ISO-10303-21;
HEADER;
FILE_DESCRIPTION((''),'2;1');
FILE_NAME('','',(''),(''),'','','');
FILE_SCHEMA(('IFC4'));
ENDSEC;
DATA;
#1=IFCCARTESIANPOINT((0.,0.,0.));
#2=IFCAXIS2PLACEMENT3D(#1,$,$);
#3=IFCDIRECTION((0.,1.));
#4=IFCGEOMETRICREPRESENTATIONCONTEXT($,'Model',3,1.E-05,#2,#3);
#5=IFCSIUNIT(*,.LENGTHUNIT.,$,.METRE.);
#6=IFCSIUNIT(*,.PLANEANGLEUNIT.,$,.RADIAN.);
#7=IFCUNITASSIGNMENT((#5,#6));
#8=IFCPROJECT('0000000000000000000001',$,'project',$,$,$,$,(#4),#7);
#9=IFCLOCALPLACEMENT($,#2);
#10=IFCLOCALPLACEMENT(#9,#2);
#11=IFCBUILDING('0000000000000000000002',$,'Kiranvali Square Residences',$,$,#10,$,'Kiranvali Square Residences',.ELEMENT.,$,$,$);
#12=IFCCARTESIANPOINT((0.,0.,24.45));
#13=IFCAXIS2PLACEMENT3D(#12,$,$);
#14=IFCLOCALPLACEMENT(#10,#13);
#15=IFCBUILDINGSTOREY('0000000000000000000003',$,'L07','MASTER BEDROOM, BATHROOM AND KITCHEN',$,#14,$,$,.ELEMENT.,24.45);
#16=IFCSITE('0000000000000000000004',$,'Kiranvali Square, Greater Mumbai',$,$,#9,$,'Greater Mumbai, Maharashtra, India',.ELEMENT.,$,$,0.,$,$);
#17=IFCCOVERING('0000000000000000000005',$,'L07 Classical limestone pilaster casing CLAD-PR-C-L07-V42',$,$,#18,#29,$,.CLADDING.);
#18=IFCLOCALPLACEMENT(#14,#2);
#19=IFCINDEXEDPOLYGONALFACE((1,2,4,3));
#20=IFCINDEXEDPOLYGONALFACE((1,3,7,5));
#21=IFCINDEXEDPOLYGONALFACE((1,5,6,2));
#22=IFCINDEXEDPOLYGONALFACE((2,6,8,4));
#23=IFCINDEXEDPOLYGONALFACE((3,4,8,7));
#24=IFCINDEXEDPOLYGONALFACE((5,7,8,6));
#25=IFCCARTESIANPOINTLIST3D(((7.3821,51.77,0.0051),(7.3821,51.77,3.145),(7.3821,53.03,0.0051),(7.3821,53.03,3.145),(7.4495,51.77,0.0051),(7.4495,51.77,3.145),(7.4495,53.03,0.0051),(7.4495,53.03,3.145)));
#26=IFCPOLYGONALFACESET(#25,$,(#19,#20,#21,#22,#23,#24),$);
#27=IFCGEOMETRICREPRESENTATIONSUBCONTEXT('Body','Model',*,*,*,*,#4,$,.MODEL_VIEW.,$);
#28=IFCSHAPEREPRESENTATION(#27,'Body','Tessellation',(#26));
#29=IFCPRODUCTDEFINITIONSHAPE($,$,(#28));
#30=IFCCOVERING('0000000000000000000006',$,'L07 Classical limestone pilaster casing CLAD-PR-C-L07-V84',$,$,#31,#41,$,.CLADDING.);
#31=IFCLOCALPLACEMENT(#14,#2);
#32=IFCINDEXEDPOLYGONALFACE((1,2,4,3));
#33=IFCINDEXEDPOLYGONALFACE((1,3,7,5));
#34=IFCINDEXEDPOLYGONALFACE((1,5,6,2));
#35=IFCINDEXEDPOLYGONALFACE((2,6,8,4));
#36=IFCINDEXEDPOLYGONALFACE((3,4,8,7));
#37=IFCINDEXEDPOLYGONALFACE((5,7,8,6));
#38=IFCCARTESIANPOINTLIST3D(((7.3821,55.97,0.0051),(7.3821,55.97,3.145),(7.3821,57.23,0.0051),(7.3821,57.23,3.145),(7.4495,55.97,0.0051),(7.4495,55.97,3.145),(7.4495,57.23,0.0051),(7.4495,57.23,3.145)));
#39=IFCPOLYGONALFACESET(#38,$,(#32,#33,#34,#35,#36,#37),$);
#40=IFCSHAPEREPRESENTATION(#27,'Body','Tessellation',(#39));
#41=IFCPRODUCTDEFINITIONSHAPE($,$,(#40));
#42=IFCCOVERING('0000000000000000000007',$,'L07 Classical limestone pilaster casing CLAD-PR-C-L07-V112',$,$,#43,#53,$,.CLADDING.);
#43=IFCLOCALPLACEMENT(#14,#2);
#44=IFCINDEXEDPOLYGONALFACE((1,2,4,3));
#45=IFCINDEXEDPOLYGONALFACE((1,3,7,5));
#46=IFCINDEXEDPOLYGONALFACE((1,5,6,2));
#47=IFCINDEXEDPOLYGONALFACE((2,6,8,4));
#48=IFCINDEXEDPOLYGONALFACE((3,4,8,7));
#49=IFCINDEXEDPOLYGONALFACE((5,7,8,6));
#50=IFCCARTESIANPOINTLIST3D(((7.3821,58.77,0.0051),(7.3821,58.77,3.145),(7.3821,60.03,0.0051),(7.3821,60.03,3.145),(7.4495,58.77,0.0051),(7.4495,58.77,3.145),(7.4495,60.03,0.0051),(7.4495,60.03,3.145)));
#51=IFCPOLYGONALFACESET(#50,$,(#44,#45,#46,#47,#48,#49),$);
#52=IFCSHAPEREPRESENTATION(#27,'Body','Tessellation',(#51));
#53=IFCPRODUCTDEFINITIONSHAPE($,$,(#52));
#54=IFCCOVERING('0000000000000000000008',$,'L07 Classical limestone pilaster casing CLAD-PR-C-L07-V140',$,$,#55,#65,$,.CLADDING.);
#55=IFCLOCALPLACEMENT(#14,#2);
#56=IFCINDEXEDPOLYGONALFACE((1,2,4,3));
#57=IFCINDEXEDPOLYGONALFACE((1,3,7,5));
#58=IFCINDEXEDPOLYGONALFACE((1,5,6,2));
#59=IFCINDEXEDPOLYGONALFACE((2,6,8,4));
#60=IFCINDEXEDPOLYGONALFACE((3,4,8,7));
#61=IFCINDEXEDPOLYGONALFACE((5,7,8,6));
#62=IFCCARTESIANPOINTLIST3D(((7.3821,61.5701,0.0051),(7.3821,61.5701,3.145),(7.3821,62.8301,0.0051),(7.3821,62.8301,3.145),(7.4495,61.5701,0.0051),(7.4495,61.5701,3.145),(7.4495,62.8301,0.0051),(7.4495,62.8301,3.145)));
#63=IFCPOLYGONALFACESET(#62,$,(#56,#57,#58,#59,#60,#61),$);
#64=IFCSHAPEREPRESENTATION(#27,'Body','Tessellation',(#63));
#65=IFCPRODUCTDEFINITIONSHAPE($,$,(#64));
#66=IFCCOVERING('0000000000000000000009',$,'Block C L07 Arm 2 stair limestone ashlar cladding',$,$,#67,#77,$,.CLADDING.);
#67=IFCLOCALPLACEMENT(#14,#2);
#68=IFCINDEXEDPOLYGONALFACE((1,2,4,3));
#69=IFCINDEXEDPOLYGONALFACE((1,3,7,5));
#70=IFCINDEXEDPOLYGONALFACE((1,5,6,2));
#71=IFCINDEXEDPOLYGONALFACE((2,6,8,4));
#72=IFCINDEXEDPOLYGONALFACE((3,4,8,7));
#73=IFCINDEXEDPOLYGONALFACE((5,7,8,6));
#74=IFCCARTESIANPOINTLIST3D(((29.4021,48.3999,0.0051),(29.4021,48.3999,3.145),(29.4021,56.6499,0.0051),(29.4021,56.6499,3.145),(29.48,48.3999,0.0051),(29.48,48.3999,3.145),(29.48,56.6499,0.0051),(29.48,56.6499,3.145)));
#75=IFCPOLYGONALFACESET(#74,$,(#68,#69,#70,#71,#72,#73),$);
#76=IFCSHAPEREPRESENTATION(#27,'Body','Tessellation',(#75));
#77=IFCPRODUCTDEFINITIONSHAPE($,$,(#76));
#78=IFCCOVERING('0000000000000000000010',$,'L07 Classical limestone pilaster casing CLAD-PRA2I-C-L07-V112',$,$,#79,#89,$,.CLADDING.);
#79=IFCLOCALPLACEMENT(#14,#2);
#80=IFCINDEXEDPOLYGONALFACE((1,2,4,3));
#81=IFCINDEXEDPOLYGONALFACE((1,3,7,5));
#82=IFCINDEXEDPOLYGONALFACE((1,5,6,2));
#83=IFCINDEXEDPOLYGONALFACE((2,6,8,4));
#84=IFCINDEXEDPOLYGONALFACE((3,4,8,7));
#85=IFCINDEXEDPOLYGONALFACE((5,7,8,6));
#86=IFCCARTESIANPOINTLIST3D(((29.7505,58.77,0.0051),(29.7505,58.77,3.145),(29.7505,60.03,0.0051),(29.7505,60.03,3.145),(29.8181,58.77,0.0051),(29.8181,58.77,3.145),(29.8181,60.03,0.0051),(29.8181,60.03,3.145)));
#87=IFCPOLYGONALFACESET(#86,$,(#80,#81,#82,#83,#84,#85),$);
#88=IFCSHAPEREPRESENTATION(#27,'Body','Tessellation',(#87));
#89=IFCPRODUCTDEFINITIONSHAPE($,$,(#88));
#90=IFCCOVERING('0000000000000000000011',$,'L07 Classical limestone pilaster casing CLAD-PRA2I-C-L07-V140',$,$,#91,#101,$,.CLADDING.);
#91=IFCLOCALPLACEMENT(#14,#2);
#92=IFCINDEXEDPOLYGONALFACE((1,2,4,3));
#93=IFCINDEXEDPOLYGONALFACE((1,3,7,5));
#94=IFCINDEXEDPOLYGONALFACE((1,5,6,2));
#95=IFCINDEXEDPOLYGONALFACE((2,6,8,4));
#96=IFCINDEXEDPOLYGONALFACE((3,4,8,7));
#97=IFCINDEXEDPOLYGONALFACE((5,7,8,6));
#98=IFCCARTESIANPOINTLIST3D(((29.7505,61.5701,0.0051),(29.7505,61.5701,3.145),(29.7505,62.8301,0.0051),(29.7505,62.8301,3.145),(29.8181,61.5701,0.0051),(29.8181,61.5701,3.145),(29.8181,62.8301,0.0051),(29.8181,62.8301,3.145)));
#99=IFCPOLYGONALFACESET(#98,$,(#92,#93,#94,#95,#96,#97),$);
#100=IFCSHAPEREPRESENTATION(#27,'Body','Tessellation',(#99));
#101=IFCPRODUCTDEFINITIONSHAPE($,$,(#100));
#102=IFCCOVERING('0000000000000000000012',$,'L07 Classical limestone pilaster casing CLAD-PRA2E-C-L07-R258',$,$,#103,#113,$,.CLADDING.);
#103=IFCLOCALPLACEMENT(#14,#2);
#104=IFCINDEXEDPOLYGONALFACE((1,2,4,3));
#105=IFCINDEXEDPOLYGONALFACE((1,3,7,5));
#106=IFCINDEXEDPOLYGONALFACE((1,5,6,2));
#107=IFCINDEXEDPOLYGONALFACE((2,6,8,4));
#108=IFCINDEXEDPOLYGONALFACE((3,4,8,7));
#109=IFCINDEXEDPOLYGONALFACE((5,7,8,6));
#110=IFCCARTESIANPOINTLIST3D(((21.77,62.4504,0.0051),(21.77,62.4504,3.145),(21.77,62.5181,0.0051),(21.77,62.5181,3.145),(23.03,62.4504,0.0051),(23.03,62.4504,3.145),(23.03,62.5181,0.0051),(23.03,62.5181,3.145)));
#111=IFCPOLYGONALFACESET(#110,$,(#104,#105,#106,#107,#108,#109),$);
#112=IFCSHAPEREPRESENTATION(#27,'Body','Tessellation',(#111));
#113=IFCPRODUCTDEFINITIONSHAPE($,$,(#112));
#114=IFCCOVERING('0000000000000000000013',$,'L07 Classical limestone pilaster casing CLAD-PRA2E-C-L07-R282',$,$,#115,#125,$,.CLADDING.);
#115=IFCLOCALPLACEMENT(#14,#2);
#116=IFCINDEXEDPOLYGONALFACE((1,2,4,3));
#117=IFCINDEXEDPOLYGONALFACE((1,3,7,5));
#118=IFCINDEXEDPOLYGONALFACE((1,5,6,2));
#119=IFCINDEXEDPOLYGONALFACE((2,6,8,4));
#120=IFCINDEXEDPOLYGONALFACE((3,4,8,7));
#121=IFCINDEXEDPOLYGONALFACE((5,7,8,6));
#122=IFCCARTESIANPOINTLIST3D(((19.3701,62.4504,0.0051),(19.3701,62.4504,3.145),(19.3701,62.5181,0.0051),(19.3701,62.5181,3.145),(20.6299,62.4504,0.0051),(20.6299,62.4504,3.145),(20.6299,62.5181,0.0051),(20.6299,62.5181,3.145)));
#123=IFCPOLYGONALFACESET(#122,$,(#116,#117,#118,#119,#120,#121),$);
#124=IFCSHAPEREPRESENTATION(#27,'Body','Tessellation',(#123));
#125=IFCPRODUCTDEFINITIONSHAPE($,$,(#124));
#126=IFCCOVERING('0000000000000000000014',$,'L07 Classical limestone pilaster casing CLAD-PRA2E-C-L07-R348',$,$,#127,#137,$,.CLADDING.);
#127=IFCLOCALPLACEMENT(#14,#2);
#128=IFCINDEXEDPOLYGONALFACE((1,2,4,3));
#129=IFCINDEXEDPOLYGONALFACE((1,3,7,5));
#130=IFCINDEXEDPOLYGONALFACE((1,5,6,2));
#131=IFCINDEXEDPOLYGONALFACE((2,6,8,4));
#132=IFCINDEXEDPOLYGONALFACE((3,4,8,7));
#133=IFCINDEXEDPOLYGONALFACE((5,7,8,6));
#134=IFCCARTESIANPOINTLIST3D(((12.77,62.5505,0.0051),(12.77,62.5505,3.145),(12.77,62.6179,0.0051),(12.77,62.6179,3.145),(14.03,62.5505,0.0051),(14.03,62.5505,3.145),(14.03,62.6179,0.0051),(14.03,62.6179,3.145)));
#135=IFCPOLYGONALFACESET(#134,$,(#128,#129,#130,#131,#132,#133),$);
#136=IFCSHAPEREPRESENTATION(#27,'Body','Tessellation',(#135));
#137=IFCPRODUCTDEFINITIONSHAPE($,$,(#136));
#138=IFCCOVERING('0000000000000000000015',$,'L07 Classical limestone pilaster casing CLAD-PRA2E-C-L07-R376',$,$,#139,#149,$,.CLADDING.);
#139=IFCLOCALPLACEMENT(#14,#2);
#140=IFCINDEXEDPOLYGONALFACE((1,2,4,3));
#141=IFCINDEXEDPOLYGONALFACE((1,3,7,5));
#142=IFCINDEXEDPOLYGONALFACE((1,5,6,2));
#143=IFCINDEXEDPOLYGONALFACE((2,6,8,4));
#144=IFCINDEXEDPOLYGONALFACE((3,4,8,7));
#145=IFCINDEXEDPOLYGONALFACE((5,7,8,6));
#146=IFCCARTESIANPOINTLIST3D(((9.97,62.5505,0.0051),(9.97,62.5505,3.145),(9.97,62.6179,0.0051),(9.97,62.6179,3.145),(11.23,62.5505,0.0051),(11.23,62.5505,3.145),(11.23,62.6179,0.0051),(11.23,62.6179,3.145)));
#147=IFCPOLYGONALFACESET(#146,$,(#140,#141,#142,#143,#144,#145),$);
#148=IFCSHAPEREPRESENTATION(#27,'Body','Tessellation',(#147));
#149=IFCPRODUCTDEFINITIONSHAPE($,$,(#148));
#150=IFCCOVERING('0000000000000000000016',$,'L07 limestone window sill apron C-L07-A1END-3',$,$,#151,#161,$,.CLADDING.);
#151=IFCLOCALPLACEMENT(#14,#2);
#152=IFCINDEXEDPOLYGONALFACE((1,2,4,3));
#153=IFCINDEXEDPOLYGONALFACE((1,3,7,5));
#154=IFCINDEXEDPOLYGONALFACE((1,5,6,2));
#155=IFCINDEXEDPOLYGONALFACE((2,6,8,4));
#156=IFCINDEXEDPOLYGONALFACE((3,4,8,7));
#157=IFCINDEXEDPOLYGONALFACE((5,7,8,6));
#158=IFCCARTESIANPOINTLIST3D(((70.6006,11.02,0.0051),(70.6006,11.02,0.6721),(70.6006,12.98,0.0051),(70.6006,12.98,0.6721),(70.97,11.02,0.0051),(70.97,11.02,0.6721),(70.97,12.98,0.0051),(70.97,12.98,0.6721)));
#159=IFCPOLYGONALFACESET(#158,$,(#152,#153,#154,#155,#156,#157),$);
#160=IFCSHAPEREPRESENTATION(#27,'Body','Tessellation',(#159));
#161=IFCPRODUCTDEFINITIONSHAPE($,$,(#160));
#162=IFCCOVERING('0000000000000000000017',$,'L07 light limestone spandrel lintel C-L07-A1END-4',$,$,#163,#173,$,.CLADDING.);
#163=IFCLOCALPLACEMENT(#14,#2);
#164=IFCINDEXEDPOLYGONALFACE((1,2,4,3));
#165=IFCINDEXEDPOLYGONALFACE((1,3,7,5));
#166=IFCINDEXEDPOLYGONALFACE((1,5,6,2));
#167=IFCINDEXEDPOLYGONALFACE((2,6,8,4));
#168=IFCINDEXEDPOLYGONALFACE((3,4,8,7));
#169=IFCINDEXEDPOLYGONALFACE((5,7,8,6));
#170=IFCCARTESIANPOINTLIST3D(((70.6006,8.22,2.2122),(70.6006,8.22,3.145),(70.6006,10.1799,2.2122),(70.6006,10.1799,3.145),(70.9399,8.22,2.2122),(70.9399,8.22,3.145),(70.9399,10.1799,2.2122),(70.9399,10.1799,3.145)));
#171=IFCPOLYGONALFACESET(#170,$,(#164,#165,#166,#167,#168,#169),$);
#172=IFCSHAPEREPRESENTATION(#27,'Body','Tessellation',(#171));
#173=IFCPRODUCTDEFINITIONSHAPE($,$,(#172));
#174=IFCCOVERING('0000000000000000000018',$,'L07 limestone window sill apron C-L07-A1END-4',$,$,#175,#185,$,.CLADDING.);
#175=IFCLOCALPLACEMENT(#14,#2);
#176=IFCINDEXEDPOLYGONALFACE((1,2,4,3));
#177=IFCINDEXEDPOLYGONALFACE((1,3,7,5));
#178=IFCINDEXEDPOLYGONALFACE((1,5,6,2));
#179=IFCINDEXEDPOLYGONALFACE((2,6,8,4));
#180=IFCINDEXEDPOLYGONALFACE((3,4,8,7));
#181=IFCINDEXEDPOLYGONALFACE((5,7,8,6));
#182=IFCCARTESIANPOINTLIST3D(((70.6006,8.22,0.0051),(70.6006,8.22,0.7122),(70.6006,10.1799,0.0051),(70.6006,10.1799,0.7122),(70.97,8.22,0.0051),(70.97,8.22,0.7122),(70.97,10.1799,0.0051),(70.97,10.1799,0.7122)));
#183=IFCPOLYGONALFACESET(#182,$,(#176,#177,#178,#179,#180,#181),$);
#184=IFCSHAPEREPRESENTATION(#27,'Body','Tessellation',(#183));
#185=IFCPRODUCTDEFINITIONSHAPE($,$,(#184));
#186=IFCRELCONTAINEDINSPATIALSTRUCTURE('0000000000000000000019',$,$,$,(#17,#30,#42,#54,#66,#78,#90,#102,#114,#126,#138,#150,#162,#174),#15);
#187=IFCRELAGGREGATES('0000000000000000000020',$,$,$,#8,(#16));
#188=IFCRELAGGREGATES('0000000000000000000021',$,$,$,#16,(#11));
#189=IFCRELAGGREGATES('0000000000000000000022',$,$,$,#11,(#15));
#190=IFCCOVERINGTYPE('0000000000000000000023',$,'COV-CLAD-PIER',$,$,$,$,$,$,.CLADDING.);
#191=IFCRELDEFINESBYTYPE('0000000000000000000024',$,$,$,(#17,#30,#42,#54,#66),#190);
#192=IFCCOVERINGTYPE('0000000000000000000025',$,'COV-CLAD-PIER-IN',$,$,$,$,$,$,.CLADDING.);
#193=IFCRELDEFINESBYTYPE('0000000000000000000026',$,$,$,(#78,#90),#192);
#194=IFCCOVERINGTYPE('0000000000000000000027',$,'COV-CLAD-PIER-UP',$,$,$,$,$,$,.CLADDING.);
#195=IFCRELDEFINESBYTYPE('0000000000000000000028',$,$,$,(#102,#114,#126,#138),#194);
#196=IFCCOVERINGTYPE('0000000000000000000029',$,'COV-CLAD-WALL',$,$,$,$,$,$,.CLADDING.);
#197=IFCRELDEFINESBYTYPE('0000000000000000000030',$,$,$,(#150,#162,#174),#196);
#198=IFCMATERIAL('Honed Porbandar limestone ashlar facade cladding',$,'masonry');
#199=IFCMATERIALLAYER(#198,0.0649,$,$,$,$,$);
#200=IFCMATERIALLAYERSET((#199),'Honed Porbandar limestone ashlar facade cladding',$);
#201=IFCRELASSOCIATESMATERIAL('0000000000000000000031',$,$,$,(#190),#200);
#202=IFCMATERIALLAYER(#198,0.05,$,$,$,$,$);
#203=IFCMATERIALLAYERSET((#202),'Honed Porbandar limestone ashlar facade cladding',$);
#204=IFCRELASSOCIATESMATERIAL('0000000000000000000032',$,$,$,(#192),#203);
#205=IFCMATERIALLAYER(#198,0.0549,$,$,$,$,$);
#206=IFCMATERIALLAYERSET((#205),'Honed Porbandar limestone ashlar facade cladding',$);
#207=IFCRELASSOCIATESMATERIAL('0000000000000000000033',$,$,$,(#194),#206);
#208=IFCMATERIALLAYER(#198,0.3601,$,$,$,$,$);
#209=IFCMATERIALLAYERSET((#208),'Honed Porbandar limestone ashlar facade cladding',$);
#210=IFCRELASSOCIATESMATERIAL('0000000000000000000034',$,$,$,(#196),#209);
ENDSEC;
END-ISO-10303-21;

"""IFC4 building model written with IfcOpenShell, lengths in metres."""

from ifc_helpers import new_model, si_unit, direction, frame, origin, place, context, subcontext, project, spatial, polyline, outline, extrude, material, layer, layer_set, type_object, element, save


model = new_model("IFC4")

# Units and contexts
model_context = context("Model", 3, precision=1e-05, world=origin(), true_north=direction((0.0, 1.0)))
body_context = subcontext(model_context, "Body", "Model", "MODEL_VIEW")
ifc_project = project(units=[si_unit("LENGTHUNIT", "METRE"), si_unit("PLANEANGLEUNIT", "RADIAN")], contexts=[model_context])

# Site, building, storey
site_placement = place(None, origin())
site = spatial("IfcSite", under=ifc_project, at=site_placement, Name="Kiranvali Square, Greater Mumbai", LongName="Greater Mumbai, Maharashtra, India", CompositionType="ELEMENT", RefElevation=0.0)
building_placement = place(site_placement, origin())
building = spatial("IfcBuilding", under=site, at=building_placement, Name="Kiranvali Square Residences", LongName="Kiranvali Square Residences", CompositionType="ELEMENT")
storey_placement = place(building_placement, frame((0.0, 0.0, 24.45)))
storey = spatial("IfcBuildingStorey", under=building, at=storey_placement, Name="L07", Description="MASTER BEDROOM, BATHROOM AND KITCHEN", CompositionType="ELEMENT", Elevation=24.45)

# Coverings
ifc_material = material(Name="Honed Porbandar limestone ashlar facade cladding", Category="masonry")
ifc_layer_1 = layer(ifc_material, 0.0649)
ifc_layer_set_1 = layer_set([ifc_layer_1], Name="Honed Porbandar limestone ashlar facade cladding")
covering_type_1 = type_object("IfcCoveringType", Name="COV-CLAD-PIER", PredefinedType="CLADDING", material=ifc_layer_set_1)
covering_1_placement = place(storey_placement, frame((0.0, 0.0, 0.0051)))
element("IfcCovering", 1, at=covering_1_placement, inside=storey, type_object=covering_type_1, Name="L07 Classical limestone pilaster casing CLAD-PR-C-L07-V42", PredefinedType="CLADDING", context=body_context, shape_type="SweptSolid", body=[
    extrude(outline(polyline([(7.4495, 51.77), (7.4495, 53.03), (7.3821, 53.03), (7.3821, 51.77), (7.4495, 51.77)])), origin(), (0.0, 0.0, 1.0), 3.1399),
])
covering_2_placement = place(storey_placement, frame((0.0, 0.0, 0.0051)))
element("IfcCovering", 2, at=covering_2_placement, inside=storey, type_object=covering_type_1, Name="L07 Classical limestone pilaster casing CLAD-PR-C-L07-V84", PredefinedType="CLADDING", context=body_context, shape_type="SweptSolid", body=[
    extrude(outline(polyline([(7.4495, 55.97), (7.4495, 57.23), (7.3821, 57.23), (7.3821, 55.97), (7.4495, 55.97)])), origin(), (0.0, 0.0, 1.0), 3.1399),
])
covering_3_placement = place(storey_placement, frame((0.0, 0.0, 0.0051)))
element("IfcCovering", 3, at=covering_3_placement, inside=storey, type_object=covering_type_1, Name="L07 Classical limestone pilaster casing CLAD-PR-C-L07-V112", PredefinedType="CLADDING", context=body_context, shape_type="SweptSolid", body=[
    extrude(outline(polyline([(7.4495, 58.77), (7.4495, 60.03), (7.3821, 60.03), (7.3821, 58.77), (7.4495, 58.77)])), origin(), (0.0, 0.0, 1.0), 3.1399),
])
covering_4_placement = place(storey_placement, frame((0.0, 0.0, 0.0051)))
element("IfcCovering", 4, at=covering_4_placement, inside=storey, type_object=covering_type_1, Name="L07 Classical limestone pilaster casing CLAD-PR-C-L07-V140", PredefinedType="CLADDING", context=body_context, shape_type="SweptSolid", body=[
    extrude(outline(polyline([(7.4495, 61.5701), (7.4495, 62.8301), (7.3821, 62.8301), (7.3821, 61.5701), (7.4495, 61.5701)])), origin(), (0.0, 0.0, 1.0), 3.1399),
])
covering_5_placement = place(storey_placement, frame((0.0, 0.0, 0.0051)))
element("IfcCovering", 5, at=covering_5_placement, inside=storey, type_object=covering_type_1, Name="Block C L07 Arm 2 stair limestone ashlar cladding", PredefinedType="CLADDING", context=body_context, shape_type="SweptSolid", body=[
    extrude(outline(polyline([(29.48, 48.3999), (29.48, 56.6499), (29.4021, 56.6499), (29.4021, 48.3999), (29.48, 48.3999)])), origin(), (0.0, 0.0, 1.0), 3.1399),
])
ifc_layer_2 = layer(ifc_material, 0.05)
ifc_layer_set_2 = layer_set([ifc_layer_2], Name="Honed Porbandar limestone ashlar facade cladding")
covering_type_2 = type_object("IfcCoveringType", Name="COV-CLAD-PIER-IN", PredefinedType="CLADDING", material=ifc_layer_set_2)
covering_6_placement = place(storey_placement, frame((0.0, 0.0, 0.0051)))
element("IfcCovering", 6, at=covering_6_placement, inside=storey, type_object=covering_type_2, Name="L07 Classical limestone pilaster casing CLAD-PRA2I-C-L07-V112", PredefinedType="CLADDING", context=body_context, shape_type="SweptSolid", body=[
    extrude(outline(polyline([(29.8181, 58.77), (29.8181, 60.03), (29.7505, 60.03), (29.7505, 58.77), (29.8181, 58.77)])), origin(), (0.0, 0.0, 1.0), 3.1399),
])
covering_7_placement = place(storey_placement, frame((0.0, 0.0, 0.0051)))
element("IfcCovering", 7, at=covering_7_placement, inside=storey, type_object=covering_type_2, Name="L07 Classical limestone pilaster casing CLAD-PRA2I-C-L07-V140", PredefinedType="CLADDING", context=body_context, shape_type="SweptSolid", body=[
    extrude(outline(polyline([(29.8181, 61.5701), (29.8181, 62.8301), (29.7505, 62.8301), (29.7505, 61.5701), (29.8181, 61.5701)])), origin(), (0.0, 0.0, 1.0), 3.1399),
])
ifc_layer_3 = layer(ifc_material, 0.0549)
ifc_layer_set_3 = layer_set([ifc_layer_3], Name="Honed Porbandar limestone ashlar facade cladding")
covering_type_3 = type_object("IfcCoveringType", Name="COV-CLAD-PIER-UP", PredefinedType="CLADDING", material=ifc_layer_set_3)
covering_8_placement = place(storey_placement, frame((0.0, 0.0, 0.0051)))
element("IfcCovering", 8, at=covering_8_placement, inside=storey, type_object=covering_type_3, Name="L07 Classical limestone pilaster casing CLAD-PRA2E-C-L07-R258", PredefinedType="CLADDING", context=body_context, shape_type="SweptSolid", body=[
    extrude(outline(polyline([(23.03, 62.5181), (21.77, 62.5181), (21.77, 62.4504), (23.03, 62.4504), (23.03, 62.5181)])), origin(), (0.0, 0.0, 1.0), 3.1399),
])
covering_9_placement = place(storey_placement, frame((0.0, 0.0, 0.0051)))
element("IfcCovering", 9, at=covering_9_placement, inside=storey, type_object=covering_type_3, Name="L07 Classical limestone pilaster casing CLAD-PRA2E-C-L07-R282", PredefinedType="CLADDING", context=body_context, shape_type="SweptSolid", body=[
    extrude(outline(polyline([(20.6299, 62.5181), (19.3701, 62.5181), (19.3701, 62.4504), (20.6299, 62.4504), (20.6299, 62.5181)])), origin(), (0.0, 0.0, 1.0), 3.1399),
])
covering_10_placement = place(storey_placement, frame((0.0, 0.0, 0.0051)))
element("IfcCovering", 10, at=covering_10_placement, inside=storey, type_object=covering_type_3, Name="L07 Classical limestone pilaster casing CLAD-PRA2E-C-L07-R348", PredefinedType="CLADDING", context=body_context, shape_type="SweptSolid", body=[
    extrude(outline(polyline([(14.03, 62.6179), (12.77, 62.6179), (12.77, 62.5505), (14.03, 62.5505), (14.03, 62.6179)])), origin(), (0.0, 0.0, 1.0), 3.1399),
])
covering_11_placement = place(storey_placement, frame((0.0, 0.0, 0.0051)))
element("IfcCovering", 11, at=covering_11_placement, inside=storey, type_object=covering_type_3, Name="L07 Classical limestone pilaster casing CLAD-PRA2E-C-L07-R376", PredefinedType="CLADDING", context=body_context, shape_type="SweptSolid", body=[
    extrude(outline(polyline([(11.23, 62.6179), (9.97, 62.6179), (9.97, 62.5505), (11.23, 62.5505), (11.23, 62.6179)])), origin(), (0.0, 0.0, 1.0), 3.1399),
])
ifc_layer_4 = layer(ifc_material, 0.3601)
ifc_layer_set_4 = layer_set([ifc_layer_4], Name="Honed Porbandar limestone ashlar facade cladding")
covering_type_4 = type_object("IfcCoveringType", Name="COV-CLAD-WALL", PredefinedType="CLADDING", material=ifc_layer_set_4)
covering_12_placement = place(storey_placement, frame((0.0, 0.0, 0.0051)))
element("IfcCovering", 12, at=covering_12_placement, inside=storey, type_object=covering_type_4, Name="L07 limestone window sill apron C-L07-A1END-3", PredefinedType="CLADDING", context=body_context, shape_type="SweptSolid", body=[
    extrude(outline(polyline([(70.6006, 12.98), (70.6006, 11.02), (70.97, 11.02), (70.97, 12.98), (70.6006, 12.98)])), origin(), (0.0, 0.0, 1.0), 0.667),
])
covering_13_placement = place(storey_placement, frame((0.0, 0.0, 2.2122)))
element("IfcCovering", 13, at=covering_13_placement, inside=storey, type_object=covering_type_4, Name="L07 light limestone spandrel lintel C-L07-A1END-4", PredefinedType="CLADDING", context=body_context, shape_type="SweptSolid", body=[
    extrude(outline(polyline([(70.6006, 10.1799), (70.6006, 8.22), (70.9399, 8.22), (70.9399, 10.1799), (70.6006, 10.1799)])), origin(), (0.0, 0.0, 1.0), 0.9329),
])
covering_14_placement = place(storey_placement, frame((0.0, 0.0, 0.0051)))
element("IfcCovering", 14, at=covering_14_placement, inside=storey, type_object=covering_type_4, Name="L07 limestone window sill apron C-L07-A1END-4", PredefinedType="CLADDING", context=body_context, shape_type="SweptSolid", body=[
    extrude(outline(polyline([(70.6006, 10.1799), (70.6006, 8.22), (70.97, 8.22), (70.97, 10.1799), (70.6006, 10.1799)])), origin(), (0.0, 0.0, 1.0), 0.707),
])

save(model, "model.ifc")
